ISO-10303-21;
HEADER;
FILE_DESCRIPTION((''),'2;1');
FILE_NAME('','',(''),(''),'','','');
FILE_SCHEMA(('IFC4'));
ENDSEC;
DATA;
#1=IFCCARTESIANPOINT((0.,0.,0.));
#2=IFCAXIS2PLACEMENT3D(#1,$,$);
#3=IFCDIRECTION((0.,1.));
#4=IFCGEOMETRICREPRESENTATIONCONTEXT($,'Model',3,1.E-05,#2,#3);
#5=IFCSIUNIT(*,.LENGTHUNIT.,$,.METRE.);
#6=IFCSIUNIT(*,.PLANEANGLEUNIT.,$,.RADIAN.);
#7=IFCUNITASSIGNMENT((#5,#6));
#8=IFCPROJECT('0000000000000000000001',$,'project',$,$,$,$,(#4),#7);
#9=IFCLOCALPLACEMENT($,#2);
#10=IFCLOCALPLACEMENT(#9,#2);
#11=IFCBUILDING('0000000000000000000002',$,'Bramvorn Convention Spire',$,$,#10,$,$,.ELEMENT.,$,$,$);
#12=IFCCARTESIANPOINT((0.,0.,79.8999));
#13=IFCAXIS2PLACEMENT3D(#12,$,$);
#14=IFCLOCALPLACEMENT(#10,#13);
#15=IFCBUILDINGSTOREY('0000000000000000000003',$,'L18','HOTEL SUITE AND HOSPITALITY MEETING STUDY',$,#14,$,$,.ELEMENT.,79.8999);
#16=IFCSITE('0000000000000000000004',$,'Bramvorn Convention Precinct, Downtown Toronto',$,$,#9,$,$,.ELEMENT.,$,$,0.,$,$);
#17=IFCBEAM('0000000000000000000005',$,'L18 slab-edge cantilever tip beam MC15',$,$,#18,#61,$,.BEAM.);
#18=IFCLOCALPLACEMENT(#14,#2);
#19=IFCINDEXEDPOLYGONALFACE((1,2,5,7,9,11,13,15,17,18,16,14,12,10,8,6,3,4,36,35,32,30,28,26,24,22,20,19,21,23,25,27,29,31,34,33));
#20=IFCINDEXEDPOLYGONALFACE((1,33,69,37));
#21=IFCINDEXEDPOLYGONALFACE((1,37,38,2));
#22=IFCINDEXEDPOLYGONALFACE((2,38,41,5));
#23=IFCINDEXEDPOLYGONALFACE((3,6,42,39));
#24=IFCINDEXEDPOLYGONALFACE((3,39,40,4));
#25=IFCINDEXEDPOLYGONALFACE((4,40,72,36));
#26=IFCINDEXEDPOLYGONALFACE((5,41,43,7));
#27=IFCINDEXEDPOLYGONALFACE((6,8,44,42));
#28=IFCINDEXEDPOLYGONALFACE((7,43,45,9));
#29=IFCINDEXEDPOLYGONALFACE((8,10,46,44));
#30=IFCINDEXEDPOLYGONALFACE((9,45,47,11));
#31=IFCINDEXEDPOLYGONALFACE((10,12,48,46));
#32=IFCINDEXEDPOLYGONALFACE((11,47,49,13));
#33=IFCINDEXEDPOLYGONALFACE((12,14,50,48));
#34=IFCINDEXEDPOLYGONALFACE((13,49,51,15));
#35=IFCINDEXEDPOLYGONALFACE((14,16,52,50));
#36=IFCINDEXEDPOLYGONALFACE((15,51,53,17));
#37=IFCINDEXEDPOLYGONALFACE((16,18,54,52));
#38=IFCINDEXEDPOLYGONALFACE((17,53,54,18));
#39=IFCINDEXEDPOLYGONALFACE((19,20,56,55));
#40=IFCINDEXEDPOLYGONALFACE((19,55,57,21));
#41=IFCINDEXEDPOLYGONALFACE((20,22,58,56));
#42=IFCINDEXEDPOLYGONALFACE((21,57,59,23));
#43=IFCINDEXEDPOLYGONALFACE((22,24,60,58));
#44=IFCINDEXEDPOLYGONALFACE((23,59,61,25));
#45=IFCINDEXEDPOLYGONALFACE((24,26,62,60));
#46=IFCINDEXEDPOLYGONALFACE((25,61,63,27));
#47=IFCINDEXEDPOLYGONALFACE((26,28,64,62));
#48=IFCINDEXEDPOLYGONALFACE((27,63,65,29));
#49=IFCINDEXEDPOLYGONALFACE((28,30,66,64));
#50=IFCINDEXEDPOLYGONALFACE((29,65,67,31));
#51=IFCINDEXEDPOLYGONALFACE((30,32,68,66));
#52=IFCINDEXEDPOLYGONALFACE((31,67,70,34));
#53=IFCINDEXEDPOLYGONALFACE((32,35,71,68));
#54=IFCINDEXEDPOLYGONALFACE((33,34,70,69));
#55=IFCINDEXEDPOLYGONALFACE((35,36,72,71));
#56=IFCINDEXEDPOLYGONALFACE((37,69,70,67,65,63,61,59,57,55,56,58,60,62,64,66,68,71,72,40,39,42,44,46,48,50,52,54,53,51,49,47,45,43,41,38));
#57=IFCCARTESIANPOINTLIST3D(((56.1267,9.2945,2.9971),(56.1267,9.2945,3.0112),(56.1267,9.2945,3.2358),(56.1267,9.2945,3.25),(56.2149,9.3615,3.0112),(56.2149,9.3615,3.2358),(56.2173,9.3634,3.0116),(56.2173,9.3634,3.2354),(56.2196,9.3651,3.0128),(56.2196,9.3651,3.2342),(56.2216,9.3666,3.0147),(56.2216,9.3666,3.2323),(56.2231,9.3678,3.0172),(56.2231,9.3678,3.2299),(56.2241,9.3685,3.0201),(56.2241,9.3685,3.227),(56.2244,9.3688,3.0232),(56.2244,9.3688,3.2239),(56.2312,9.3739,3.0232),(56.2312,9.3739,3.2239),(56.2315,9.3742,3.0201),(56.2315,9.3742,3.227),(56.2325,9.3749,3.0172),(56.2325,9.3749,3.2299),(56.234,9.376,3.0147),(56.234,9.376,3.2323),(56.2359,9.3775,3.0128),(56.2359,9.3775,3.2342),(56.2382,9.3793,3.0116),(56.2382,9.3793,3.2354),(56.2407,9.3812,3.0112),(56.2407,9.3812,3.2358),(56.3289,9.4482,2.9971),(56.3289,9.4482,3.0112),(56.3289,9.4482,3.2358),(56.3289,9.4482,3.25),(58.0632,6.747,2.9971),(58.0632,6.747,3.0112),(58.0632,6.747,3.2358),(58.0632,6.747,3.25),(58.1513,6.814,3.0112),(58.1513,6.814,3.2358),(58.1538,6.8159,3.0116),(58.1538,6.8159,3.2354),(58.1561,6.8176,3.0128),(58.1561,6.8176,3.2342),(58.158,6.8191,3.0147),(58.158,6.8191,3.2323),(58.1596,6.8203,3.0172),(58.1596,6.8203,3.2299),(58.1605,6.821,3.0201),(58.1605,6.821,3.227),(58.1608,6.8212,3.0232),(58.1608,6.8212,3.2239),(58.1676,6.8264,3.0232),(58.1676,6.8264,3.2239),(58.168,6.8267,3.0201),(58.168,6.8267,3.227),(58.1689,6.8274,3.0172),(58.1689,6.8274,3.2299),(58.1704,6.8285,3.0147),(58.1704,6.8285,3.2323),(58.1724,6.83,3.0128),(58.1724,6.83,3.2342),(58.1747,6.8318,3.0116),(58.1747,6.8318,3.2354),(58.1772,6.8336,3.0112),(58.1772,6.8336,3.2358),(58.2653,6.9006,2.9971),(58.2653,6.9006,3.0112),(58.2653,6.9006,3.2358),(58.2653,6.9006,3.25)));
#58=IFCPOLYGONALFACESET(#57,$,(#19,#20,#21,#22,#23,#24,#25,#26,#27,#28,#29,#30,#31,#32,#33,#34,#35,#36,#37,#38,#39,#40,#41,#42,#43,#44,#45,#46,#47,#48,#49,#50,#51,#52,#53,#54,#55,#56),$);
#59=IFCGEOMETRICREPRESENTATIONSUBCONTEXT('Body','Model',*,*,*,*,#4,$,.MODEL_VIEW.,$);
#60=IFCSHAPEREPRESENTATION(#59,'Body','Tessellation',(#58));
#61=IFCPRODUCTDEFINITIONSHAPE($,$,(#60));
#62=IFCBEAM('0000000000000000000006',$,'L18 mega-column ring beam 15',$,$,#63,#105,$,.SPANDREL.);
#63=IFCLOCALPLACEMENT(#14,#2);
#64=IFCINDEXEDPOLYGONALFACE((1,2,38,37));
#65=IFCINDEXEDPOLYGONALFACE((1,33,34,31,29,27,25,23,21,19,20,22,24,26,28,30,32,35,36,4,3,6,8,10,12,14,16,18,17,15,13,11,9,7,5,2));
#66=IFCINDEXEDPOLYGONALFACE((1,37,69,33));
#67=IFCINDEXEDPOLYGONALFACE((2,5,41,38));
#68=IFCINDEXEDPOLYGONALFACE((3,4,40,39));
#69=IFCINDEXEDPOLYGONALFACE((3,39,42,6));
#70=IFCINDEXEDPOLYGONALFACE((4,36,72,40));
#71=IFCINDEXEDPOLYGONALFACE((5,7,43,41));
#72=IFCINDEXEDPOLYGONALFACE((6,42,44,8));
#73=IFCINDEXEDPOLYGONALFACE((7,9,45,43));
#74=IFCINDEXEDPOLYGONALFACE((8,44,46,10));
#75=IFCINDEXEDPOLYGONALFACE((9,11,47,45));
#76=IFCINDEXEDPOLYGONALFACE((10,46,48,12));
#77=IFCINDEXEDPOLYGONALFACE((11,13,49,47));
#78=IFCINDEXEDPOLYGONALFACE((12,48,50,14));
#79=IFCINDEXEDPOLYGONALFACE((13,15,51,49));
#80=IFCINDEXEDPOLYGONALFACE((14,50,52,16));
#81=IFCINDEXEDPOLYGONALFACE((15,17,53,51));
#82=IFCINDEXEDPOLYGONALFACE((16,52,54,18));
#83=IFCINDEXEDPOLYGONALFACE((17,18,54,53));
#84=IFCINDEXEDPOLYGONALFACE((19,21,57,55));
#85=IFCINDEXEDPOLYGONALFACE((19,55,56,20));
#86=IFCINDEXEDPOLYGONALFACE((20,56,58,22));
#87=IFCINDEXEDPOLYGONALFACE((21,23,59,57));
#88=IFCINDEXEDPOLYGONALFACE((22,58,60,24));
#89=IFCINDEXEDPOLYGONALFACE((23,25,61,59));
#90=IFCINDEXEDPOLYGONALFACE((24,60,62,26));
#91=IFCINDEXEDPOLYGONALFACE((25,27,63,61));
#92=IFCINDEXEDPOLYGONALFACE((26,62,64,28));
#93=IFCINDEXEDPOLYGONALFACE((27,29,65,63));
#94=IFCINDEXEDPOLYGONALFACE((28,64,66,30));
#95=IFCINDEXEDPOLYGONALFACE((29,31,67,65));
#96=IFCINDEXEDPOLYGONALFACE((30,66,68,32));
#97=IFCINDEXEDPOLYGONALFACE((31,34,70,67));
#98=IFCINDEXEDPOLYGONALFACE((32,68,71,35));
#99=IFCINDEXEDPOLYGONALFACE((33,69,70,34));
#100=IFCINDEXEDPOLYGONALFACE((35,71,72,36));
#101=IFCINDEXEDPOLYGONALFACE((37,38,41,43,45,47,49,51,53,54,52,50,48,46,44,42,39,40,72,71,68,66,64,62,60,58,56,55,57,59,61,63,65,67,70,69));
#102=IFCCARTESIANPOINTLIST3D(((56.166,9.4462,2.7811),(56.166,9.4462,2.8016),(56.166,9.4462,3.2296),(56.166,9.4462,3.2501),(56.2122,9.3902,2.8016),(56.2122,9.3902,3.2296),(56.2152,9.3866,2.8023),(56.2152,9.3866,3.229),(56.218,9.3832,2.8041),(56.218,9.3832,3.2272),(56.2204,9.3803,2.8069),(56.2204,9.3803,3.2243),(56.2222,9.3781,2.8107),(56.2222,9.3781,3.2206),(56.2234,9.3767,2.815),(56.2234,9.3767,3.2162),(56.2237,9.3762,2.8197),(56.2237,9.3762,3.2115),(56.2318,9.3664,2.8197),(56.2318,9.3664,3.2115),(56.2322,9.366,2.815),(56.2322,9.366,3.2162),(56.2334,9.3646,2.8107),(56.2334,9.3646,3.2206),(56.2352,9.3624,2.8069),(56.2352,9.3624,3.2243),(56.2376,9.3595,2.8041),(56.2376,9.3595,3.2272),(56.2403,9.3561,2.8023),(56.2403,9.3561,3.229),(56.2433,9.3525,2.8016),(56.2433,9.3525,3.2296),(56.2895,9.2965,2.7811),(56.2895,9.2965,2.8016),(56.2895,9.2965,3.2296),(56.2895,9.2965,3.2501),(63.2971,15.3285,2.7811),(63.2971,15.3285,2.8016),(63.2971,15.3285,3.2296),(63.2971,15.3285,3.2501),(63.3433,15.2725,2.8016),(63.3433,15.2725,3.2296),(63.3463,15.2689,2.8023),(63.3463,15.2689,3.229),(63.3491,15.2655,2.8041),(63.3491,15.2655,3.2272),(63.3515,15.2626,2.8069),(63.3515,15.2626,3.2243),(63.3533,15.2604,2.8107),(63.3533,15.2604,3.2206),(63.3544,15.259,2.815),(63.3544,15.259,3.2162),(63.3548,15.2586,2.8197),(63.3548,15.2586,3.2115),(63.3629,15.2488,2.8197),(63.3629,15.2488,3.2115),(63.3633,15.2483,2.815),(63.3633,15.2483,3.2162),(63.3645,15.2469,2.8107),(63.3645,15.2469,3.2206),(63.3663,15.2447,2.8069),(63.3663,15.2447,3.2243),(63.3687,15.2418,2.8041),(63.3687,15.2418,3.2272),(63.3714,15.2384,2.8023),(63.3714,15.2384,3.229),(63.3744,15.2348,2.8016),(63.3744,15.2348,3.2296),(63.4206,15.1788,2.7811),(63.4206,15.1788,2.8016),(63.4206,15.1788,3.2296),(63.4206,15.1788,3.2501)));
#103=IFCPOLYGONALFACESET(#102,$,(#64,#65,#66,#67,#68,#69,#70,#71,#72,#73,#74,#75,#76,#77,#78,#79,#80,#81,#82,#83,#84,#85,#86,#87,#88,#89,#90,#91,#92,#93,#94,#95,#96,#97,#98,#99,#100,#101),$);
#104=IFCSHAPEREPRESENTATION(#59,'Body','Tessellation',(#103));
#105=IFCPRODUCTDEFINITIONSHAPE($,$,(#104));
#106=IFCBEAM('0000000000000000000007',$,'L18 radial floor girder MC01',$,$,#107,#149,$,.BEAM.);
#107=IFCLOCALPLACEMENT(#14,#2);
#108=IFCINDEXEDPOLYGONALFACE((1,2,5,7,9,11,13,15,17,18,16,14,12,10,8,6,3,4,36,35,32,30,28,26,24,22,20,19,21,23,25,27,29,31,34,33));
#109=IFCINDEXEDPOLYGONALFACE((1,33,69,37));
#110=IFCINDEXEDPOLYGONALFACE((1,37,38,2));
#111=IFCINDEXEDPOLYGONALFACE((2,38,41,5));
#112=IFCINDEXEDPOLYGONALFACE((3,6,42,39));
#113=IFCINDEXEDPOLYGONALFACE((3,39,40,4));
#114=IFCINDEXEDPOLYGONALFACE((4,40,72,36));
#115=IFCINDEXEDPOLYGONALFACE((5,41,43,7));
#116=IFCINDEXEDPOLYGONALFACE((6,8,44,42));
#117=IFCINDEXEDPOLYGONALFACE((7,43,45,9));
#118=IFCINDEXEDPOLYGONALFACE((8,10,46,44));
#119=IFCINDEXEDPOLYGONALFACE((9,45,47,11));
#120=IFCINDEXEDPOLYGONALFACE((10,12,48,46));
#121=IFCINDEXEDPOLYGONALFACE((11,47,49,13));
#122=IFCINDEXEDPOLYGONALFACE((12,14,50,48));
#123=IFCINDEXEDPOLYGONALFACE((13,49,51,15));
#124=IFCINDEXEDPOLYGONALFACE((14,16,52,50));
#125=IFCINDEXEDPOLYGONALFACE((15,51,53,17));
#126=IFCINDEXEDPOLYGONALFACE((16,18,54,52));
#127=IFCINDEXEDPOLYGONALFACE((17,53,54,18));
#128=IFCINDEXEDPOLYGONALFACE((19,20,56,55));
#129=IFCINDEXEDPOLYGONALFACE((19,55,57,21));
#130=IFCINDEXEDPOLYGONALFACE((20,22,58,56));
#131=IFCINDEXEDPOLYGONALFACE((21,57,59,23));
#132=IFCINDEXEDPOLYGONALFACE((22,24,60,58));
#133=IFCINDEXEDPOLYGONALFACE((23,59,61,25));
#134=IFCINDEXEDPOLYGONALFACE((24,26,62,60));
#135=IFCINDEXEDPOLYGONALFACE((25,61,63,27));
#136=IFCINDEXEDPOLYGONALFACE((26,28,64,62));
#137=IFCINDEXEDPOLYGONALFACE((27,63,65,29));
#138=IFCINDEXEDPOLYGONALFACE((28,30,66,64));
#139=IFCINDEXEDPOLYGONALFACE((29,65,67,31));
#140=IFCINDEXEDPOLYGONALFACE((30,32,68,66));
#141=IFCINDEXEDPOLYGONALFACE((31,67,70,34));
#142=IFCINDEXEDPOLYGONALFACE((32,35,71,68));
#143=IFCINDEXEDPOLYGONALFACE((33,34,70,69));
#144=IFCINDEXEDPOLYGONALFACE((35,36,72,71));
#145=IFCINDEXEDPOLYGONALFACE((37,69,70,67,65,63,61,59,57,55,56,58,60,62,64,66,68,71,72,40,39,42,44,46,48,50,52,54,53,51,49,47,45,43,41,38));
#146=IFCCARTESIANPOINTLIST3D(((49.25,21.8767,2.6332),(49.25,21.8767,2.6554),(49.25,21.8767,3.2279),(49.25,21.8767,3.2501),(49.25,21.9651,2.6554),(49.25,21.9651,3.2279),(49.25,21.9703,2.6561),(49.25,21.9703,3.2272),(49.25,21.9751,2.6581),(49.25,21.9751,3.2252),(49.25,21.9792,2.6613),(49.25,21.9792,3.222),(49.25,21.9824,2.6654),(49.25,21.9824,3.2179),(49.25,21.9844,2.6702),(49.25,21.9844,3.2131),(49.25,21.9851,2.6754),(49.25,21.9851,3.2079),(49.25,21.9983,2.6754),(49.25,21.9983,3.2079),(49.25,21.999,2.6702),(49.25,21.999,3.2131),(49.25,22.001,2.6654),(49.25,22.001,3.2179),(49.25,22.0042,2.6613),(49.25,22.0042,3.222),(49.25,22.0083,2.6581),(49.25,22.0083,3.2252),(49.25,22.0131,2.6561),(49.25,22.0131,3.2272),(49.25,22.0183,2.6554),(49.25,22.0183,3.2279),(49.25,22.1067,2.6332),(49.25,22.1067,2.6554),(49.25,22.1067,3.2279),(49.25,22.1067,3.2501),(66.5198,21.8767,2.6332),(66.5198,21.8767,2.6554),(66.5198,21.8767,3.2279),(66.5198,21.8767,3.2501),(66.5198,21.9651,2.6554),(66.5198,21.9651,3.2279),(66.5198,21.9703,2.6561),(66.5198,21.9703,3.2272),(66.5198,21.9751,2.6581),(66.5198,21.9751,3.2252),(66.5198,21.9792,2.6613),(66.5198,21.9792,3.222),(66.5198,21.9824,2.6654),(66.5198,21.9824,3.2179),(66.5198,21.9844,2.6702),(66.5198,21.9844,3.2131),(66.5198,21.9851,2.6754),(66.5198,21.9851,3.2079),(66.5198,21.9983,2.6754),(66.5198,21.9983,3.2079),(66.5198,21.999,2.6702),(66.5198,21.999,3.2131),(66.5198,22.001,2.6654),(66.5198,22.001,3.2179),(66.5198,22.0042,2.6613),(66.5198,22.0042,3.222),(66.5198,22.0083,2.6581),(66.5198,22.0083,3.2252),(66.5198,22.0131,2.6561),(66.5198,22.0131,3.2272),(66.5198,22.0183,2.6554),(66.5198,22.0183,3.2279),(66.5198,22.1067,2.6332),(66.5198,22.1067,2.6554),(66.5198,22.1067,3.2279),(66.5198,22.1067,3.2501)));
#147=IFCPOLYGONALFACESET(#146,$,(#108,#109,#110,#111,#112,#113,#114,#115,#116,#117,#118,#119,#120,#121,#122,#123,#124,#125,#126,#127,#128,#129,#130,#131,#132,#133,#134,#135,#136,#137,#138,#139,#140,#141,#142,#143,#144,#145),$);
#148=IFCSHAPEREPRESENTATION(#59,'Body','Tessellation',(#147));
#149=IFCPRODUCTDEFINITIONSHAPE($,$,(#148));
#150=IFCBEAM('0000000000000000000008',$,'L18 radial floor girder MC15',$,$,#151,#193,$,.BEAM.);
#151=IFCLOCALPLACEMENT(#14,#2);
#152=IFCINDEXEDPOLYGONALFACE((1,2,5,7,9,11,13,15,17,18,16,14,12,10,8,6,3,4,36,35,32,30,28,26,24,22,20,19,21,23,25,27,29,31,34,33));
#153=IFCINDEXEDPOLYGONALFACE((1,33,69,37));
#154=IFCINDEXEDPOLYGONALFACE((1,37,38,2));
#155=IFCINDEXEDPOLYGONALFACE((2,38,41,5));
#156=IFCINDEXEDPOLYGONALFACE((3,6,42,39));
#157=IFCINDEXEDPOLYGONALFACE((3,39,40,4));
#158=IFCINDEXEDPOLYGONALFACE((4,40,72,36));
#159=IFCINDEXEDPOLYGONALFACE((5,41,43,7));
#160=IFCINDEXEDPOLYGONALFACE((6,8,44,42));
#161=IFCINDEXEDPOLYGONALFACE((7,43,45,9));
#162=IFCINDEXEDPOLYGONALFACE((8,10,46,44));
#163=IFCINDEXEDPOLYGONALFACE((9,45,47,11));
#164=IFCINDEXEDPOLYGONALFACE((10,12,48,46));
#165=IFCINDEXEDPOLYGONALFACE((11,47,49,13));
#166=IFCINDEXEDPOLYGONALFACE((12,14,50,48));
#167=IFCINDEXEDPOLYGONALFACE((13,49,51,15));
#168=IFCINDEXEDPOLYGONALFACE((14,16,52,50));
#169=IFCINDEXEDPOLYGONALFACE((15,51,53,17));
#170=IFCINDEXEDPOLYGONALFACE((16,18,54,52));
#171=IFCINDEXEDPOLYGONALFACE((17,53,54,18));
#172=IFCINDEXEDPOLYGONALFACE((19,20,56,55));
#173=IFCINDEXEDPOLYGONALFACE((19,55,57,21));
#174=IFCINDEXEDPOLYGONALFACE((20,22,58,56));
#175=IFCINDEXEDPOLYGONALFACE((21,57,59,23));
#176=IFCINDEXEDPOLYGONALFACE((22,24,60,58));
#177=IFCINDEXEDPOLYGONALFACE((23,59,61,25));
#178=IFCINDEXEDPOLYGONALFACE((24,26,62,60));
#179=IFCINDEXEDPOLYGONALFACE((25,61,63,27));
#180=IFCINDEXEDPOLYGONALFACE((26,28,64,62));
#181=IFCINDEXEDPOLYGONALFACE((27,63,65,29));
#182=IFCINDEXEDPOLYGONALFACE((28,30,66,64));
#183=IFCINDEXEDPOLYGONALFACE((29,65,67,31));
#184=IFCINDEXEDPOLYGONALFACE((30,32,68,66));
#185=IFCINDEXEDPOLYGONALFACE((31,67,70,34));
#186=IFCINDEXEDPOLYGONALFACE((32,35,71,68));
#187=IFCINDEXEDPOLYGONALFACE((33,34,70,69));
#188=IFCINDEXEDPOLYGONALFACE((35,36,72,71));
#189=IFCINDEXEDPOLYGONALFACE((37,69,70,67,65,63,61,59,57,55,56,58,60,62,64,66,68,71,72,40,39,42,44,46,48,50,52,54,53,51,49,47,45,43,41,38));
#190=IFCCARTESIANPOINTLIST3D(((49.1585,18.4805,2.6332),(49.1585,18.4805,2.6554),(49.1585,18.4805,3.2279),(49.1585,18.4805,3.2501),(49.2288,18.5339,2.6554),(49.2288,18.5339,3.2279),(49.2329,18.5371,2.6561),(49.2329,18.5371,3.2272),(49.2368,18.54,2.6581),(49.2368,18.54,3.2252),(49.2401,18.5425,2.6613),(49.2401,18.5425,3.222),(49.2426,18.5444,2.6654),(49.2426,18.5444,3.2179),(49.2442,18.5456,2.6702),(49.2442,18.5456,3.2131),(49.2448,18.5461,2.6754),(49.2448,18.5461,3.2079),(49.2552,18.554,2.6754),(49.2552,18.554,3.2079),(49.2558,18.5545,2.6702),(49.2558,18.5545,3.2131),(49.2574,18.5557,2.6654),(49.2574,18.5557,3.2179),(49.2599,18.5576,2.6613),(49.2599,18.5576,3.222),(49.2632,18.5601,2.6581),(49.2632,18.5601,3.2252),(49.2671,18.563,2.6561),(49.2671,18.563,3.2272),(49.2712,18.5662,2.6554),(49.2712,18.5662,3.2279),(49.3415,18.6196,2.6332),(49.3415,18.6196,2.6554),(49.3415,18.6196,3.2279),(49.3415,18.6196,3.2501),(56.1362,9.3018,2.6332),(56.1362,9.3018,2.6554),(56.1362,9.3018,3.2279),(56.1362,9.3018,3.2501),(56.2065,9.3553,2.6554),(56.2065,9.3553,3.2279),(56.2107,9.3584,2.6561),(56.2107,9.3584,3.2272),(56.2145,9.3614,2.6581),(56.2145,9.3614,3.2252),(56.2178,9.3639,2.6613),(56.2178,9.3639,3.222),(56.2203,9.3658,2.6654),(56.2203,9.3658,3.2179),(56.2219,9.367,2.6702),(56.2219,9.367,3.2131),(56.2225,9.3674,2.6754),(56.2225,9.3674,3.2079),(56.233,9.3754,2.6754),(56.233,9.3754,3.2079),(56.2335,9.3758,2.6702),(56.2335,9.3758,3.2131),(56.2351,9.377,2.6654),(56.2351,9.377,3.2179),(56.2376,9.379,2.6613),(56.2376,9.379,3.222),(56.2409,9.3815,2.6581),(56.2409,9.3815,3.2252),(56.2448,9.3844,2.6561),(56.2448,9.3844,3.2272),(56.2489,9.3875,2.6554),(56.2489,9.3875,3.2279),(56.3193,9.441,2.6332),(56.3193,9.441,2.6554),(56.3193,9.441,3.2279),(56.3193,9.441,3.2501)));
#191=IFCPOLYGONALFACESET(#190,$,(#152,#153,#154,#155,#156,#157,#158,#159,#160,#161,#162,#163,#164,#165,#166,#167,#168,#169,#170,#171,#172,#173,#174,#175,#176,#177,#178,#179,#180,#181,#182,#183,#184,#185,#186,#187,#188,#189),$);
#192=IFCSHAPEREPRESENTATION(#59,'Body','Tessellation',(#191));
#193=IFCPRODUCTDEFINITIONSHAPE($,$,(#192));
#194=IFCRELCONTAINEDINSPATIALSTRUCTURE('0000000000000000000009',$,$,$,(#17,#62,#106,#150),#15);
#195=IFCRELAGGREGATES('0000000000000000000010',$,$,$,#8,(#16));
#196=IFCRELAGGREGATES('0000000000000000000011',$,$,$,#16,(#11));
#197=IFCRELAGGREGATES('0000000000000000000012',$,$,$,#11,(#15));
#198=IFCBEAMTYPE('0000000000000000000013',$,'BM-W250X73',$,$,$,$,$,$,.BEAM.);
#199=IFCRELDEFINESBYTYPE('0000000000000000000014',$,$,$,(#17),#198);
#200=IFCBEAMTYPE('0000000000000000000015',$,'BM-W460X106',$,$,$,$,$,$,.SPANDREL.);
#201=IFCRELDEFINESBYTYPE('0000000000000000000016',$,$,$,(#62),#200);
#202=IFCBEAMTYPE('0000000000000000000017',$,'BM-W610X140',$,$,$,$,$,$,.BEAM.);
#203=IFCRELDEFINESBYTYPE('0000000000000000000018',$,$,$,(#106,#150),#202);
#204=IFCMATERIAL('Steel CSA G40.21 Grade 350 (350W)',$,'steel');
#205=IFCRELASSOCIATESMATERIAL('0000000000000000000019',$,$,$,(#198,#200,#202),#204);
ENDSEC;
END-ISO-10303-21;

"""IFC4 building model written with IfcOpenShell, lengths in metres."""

from ifc_helpers import new_model, si_unit, direction, frame, origin, origin_2d, place, context, subcontext, project, spatial, i_section, extrude, material, material_profile, profile_set, type_object, element, save


model = new_model("IFC4")

# Units and contexts
model_context = context("Model", 3, precision=1e-05, world=origin(), true_north=direction((0.0, 1.0)))
body_context = subcontext(model_context, "Body", "Model", "MODEL_VIEW")
ifc_project = project(units=[si_unit("LENGTHUNIT", "METRE"), si_unit("PLANEANGLEUNIT", "RADIAN")], contexts=[model_context])

# Site, building, storey
site_placement = place(None, origin())
site = spatial("IfcSite", under=ifc_project, at=site_placement, Name="Bramvorn Convention Precinct, Downtown Toronto", CompositionType="ELEMENT", RefElevation=0.0)
building_placement = place(site_placement, origin())
building = spatial("IfcBuilding", under=site, at=building_placement, Name="Bramvorn Convention Spire", CompositionType="ELEMENT")
storey_placement = place(building_placement, frame((0.0, 0.0, 79.8999)))
storey = spatial("IfcBuildingStorey", under=building, at=storey_placement, Name="L18", Description="HOTEL SUITE AND HOSPITALITY MEETING STUDY", CompositionType="ELEMENT", Elevation=79.8999)

# Shared definitions
ifc_material_1 = material(Name="Steel CSA G40.21 Grade 350 (350W)", Category="steel")

# Beams
ifc_material_profile_1 = material_profile(ifc_material_1, i_section(OverallWidth=0.2539, OverallDepth=0.2529, WebThickness=0.0085, FlangeThickness=0.0142, FilletRadius=0.012, at=origin_2d()))
ifc_profile_set_1 = profile_set([ifc_material_profile_1], Name="Steel CSA G40.21 Grade 350 (350W) - W250X73")
beam_type_1 = type_object("IfcBeamType", Name="BM-W250X73", PredefinedType="BEAM", material=ifc_profile_set_1)
beam_1_placement = place(storey_placement, frame((56.2278, 9.3713, 3.1235), z_axis=(0.605151, -0.796111, 0.0), x_axis=(0.796111, 0.605151, 0.0)))
element("IfcBeam", 1, at=beam_1_placement, inside=storey, type_object=beam_type_1, Name="L18 slab-edge cantilever tip beam MC15", PredefinedType="BEAM", context=body_context, shape_type="SweptSolid", body=[
    extrude(i_section(OverallWidth=0.2539, OverallDepth=0.2529, WebThickness=0.0085, FlangeThickness=0.0142, FilletRadius=0.012, at=origin_2d()), origin(), (0.0, 0.0, 1.0), 3.2),
])
ifc_material_profile_2 = material_profile(ifc_material_1, i_section(OverallWidth=0.1941, OverallDepth=0.469, WebThickness=0.0127, FlangeThickness=0.0205, FilletRadius=0.0181, at=origin_2d()))
ifc_profile_set_2 = profile_set([ifc_material_profile_2], Name="Steel CSA G40.21 Grade 350 (350W) - W460X106")
beam_type_2 = type_object("IfcBeamType", Name="BM-W460X106", PredefinedType="SPANDREL", material=ifc_profile_set_2)
beam_2_placement = place(storey_placement, frame((56.2278, 9.3713, 3.0156), z_axis=(0.771418, 0.636329, 0.0), x_axis=(-0.636329, 0.771418, 0.0)))
element("IfcBeam", 2, at=beam_2_placement, inside=storey, type_object=beam_type_2, Name="L18 mega-column ring beam 15", PredefinedType="SPANDREL", context=body_context, shape_type="SweptSolid", body=[
    extrude(i_section(OverallWidth=0.1941, OverallDepth=0.469, WebThickness=0.0127, FlangeThickness=0.0205, FilletRadius=0.0181, at=origin_2d()), origin(), (0.0, 0.0, 1.0), 9.2441),
])
ifc_material_profile_3 = material_profile(ifc_material_1, i_section(OverallWidth=0.23, OverallDepth=0.6169, WebThickness=0.0132, FlangeThickness=0.0222, FilletRadius=0.02, at=origin_2d()))
ifc_profile_set_3 = profile_set([ifc_material_profile_3], Name="Steel CSA G40.21 Grade 350 (350W) - W610X140")
beam_type_3 = type_object("IfcBeamType", Name="BM-W610X140", PredefinedType="BEAM", material=ifc_profile_set_3)
beam_3_placement = place(storey_placement, frame((49.25, 21.9917, 2.9417), z_axis=(1.0, 0.0, 0.0), x_axis=(0.0, 1.0, 0.0)))
element("IfcBeam", 3, at=beam_3_placement, inside=storey, type_object=beam_type_3, Name="L18 radial floor girder MC01", PredefinedType="BEAM", context=body_context, shape_type="SweptSolid", body=[
    extrude(i_section(OverallWidth=0.23, OverallDepth=0.6169, WebThickness=0.0132, FlangeThickness=0.0222, FilletRadius=0.02, at=origin_2d()), origin(), (0.0, 0.0, 1.0), 17.2698),
])
beam_4_placement = place(storey_placement, frame((49.25, 18.55, 2.9417), z_axis=(0.605191, -0.79608, 0.0), x_axis=(0.79608, 0.605191, 0.0)))
element("IfcBeam", 4, at=beam_4_placement, inside=storey, type_object=beam_type_3, Name="L18 radial floor girder MC15", PredefinedType="BEAM", context=body_context, shape_type="SweptSolid", body=[
    extrude(i_section(OverallWidth=0.23, OverallDepth=0.6169, WebThickness=0.0132, FlangeThickness=0.0222, FilletRadius=0.02, at=origin_2d()), origin(), (0.0, 0.0, 1.0), 11.5298),
])

save(model, "model.ifc")
